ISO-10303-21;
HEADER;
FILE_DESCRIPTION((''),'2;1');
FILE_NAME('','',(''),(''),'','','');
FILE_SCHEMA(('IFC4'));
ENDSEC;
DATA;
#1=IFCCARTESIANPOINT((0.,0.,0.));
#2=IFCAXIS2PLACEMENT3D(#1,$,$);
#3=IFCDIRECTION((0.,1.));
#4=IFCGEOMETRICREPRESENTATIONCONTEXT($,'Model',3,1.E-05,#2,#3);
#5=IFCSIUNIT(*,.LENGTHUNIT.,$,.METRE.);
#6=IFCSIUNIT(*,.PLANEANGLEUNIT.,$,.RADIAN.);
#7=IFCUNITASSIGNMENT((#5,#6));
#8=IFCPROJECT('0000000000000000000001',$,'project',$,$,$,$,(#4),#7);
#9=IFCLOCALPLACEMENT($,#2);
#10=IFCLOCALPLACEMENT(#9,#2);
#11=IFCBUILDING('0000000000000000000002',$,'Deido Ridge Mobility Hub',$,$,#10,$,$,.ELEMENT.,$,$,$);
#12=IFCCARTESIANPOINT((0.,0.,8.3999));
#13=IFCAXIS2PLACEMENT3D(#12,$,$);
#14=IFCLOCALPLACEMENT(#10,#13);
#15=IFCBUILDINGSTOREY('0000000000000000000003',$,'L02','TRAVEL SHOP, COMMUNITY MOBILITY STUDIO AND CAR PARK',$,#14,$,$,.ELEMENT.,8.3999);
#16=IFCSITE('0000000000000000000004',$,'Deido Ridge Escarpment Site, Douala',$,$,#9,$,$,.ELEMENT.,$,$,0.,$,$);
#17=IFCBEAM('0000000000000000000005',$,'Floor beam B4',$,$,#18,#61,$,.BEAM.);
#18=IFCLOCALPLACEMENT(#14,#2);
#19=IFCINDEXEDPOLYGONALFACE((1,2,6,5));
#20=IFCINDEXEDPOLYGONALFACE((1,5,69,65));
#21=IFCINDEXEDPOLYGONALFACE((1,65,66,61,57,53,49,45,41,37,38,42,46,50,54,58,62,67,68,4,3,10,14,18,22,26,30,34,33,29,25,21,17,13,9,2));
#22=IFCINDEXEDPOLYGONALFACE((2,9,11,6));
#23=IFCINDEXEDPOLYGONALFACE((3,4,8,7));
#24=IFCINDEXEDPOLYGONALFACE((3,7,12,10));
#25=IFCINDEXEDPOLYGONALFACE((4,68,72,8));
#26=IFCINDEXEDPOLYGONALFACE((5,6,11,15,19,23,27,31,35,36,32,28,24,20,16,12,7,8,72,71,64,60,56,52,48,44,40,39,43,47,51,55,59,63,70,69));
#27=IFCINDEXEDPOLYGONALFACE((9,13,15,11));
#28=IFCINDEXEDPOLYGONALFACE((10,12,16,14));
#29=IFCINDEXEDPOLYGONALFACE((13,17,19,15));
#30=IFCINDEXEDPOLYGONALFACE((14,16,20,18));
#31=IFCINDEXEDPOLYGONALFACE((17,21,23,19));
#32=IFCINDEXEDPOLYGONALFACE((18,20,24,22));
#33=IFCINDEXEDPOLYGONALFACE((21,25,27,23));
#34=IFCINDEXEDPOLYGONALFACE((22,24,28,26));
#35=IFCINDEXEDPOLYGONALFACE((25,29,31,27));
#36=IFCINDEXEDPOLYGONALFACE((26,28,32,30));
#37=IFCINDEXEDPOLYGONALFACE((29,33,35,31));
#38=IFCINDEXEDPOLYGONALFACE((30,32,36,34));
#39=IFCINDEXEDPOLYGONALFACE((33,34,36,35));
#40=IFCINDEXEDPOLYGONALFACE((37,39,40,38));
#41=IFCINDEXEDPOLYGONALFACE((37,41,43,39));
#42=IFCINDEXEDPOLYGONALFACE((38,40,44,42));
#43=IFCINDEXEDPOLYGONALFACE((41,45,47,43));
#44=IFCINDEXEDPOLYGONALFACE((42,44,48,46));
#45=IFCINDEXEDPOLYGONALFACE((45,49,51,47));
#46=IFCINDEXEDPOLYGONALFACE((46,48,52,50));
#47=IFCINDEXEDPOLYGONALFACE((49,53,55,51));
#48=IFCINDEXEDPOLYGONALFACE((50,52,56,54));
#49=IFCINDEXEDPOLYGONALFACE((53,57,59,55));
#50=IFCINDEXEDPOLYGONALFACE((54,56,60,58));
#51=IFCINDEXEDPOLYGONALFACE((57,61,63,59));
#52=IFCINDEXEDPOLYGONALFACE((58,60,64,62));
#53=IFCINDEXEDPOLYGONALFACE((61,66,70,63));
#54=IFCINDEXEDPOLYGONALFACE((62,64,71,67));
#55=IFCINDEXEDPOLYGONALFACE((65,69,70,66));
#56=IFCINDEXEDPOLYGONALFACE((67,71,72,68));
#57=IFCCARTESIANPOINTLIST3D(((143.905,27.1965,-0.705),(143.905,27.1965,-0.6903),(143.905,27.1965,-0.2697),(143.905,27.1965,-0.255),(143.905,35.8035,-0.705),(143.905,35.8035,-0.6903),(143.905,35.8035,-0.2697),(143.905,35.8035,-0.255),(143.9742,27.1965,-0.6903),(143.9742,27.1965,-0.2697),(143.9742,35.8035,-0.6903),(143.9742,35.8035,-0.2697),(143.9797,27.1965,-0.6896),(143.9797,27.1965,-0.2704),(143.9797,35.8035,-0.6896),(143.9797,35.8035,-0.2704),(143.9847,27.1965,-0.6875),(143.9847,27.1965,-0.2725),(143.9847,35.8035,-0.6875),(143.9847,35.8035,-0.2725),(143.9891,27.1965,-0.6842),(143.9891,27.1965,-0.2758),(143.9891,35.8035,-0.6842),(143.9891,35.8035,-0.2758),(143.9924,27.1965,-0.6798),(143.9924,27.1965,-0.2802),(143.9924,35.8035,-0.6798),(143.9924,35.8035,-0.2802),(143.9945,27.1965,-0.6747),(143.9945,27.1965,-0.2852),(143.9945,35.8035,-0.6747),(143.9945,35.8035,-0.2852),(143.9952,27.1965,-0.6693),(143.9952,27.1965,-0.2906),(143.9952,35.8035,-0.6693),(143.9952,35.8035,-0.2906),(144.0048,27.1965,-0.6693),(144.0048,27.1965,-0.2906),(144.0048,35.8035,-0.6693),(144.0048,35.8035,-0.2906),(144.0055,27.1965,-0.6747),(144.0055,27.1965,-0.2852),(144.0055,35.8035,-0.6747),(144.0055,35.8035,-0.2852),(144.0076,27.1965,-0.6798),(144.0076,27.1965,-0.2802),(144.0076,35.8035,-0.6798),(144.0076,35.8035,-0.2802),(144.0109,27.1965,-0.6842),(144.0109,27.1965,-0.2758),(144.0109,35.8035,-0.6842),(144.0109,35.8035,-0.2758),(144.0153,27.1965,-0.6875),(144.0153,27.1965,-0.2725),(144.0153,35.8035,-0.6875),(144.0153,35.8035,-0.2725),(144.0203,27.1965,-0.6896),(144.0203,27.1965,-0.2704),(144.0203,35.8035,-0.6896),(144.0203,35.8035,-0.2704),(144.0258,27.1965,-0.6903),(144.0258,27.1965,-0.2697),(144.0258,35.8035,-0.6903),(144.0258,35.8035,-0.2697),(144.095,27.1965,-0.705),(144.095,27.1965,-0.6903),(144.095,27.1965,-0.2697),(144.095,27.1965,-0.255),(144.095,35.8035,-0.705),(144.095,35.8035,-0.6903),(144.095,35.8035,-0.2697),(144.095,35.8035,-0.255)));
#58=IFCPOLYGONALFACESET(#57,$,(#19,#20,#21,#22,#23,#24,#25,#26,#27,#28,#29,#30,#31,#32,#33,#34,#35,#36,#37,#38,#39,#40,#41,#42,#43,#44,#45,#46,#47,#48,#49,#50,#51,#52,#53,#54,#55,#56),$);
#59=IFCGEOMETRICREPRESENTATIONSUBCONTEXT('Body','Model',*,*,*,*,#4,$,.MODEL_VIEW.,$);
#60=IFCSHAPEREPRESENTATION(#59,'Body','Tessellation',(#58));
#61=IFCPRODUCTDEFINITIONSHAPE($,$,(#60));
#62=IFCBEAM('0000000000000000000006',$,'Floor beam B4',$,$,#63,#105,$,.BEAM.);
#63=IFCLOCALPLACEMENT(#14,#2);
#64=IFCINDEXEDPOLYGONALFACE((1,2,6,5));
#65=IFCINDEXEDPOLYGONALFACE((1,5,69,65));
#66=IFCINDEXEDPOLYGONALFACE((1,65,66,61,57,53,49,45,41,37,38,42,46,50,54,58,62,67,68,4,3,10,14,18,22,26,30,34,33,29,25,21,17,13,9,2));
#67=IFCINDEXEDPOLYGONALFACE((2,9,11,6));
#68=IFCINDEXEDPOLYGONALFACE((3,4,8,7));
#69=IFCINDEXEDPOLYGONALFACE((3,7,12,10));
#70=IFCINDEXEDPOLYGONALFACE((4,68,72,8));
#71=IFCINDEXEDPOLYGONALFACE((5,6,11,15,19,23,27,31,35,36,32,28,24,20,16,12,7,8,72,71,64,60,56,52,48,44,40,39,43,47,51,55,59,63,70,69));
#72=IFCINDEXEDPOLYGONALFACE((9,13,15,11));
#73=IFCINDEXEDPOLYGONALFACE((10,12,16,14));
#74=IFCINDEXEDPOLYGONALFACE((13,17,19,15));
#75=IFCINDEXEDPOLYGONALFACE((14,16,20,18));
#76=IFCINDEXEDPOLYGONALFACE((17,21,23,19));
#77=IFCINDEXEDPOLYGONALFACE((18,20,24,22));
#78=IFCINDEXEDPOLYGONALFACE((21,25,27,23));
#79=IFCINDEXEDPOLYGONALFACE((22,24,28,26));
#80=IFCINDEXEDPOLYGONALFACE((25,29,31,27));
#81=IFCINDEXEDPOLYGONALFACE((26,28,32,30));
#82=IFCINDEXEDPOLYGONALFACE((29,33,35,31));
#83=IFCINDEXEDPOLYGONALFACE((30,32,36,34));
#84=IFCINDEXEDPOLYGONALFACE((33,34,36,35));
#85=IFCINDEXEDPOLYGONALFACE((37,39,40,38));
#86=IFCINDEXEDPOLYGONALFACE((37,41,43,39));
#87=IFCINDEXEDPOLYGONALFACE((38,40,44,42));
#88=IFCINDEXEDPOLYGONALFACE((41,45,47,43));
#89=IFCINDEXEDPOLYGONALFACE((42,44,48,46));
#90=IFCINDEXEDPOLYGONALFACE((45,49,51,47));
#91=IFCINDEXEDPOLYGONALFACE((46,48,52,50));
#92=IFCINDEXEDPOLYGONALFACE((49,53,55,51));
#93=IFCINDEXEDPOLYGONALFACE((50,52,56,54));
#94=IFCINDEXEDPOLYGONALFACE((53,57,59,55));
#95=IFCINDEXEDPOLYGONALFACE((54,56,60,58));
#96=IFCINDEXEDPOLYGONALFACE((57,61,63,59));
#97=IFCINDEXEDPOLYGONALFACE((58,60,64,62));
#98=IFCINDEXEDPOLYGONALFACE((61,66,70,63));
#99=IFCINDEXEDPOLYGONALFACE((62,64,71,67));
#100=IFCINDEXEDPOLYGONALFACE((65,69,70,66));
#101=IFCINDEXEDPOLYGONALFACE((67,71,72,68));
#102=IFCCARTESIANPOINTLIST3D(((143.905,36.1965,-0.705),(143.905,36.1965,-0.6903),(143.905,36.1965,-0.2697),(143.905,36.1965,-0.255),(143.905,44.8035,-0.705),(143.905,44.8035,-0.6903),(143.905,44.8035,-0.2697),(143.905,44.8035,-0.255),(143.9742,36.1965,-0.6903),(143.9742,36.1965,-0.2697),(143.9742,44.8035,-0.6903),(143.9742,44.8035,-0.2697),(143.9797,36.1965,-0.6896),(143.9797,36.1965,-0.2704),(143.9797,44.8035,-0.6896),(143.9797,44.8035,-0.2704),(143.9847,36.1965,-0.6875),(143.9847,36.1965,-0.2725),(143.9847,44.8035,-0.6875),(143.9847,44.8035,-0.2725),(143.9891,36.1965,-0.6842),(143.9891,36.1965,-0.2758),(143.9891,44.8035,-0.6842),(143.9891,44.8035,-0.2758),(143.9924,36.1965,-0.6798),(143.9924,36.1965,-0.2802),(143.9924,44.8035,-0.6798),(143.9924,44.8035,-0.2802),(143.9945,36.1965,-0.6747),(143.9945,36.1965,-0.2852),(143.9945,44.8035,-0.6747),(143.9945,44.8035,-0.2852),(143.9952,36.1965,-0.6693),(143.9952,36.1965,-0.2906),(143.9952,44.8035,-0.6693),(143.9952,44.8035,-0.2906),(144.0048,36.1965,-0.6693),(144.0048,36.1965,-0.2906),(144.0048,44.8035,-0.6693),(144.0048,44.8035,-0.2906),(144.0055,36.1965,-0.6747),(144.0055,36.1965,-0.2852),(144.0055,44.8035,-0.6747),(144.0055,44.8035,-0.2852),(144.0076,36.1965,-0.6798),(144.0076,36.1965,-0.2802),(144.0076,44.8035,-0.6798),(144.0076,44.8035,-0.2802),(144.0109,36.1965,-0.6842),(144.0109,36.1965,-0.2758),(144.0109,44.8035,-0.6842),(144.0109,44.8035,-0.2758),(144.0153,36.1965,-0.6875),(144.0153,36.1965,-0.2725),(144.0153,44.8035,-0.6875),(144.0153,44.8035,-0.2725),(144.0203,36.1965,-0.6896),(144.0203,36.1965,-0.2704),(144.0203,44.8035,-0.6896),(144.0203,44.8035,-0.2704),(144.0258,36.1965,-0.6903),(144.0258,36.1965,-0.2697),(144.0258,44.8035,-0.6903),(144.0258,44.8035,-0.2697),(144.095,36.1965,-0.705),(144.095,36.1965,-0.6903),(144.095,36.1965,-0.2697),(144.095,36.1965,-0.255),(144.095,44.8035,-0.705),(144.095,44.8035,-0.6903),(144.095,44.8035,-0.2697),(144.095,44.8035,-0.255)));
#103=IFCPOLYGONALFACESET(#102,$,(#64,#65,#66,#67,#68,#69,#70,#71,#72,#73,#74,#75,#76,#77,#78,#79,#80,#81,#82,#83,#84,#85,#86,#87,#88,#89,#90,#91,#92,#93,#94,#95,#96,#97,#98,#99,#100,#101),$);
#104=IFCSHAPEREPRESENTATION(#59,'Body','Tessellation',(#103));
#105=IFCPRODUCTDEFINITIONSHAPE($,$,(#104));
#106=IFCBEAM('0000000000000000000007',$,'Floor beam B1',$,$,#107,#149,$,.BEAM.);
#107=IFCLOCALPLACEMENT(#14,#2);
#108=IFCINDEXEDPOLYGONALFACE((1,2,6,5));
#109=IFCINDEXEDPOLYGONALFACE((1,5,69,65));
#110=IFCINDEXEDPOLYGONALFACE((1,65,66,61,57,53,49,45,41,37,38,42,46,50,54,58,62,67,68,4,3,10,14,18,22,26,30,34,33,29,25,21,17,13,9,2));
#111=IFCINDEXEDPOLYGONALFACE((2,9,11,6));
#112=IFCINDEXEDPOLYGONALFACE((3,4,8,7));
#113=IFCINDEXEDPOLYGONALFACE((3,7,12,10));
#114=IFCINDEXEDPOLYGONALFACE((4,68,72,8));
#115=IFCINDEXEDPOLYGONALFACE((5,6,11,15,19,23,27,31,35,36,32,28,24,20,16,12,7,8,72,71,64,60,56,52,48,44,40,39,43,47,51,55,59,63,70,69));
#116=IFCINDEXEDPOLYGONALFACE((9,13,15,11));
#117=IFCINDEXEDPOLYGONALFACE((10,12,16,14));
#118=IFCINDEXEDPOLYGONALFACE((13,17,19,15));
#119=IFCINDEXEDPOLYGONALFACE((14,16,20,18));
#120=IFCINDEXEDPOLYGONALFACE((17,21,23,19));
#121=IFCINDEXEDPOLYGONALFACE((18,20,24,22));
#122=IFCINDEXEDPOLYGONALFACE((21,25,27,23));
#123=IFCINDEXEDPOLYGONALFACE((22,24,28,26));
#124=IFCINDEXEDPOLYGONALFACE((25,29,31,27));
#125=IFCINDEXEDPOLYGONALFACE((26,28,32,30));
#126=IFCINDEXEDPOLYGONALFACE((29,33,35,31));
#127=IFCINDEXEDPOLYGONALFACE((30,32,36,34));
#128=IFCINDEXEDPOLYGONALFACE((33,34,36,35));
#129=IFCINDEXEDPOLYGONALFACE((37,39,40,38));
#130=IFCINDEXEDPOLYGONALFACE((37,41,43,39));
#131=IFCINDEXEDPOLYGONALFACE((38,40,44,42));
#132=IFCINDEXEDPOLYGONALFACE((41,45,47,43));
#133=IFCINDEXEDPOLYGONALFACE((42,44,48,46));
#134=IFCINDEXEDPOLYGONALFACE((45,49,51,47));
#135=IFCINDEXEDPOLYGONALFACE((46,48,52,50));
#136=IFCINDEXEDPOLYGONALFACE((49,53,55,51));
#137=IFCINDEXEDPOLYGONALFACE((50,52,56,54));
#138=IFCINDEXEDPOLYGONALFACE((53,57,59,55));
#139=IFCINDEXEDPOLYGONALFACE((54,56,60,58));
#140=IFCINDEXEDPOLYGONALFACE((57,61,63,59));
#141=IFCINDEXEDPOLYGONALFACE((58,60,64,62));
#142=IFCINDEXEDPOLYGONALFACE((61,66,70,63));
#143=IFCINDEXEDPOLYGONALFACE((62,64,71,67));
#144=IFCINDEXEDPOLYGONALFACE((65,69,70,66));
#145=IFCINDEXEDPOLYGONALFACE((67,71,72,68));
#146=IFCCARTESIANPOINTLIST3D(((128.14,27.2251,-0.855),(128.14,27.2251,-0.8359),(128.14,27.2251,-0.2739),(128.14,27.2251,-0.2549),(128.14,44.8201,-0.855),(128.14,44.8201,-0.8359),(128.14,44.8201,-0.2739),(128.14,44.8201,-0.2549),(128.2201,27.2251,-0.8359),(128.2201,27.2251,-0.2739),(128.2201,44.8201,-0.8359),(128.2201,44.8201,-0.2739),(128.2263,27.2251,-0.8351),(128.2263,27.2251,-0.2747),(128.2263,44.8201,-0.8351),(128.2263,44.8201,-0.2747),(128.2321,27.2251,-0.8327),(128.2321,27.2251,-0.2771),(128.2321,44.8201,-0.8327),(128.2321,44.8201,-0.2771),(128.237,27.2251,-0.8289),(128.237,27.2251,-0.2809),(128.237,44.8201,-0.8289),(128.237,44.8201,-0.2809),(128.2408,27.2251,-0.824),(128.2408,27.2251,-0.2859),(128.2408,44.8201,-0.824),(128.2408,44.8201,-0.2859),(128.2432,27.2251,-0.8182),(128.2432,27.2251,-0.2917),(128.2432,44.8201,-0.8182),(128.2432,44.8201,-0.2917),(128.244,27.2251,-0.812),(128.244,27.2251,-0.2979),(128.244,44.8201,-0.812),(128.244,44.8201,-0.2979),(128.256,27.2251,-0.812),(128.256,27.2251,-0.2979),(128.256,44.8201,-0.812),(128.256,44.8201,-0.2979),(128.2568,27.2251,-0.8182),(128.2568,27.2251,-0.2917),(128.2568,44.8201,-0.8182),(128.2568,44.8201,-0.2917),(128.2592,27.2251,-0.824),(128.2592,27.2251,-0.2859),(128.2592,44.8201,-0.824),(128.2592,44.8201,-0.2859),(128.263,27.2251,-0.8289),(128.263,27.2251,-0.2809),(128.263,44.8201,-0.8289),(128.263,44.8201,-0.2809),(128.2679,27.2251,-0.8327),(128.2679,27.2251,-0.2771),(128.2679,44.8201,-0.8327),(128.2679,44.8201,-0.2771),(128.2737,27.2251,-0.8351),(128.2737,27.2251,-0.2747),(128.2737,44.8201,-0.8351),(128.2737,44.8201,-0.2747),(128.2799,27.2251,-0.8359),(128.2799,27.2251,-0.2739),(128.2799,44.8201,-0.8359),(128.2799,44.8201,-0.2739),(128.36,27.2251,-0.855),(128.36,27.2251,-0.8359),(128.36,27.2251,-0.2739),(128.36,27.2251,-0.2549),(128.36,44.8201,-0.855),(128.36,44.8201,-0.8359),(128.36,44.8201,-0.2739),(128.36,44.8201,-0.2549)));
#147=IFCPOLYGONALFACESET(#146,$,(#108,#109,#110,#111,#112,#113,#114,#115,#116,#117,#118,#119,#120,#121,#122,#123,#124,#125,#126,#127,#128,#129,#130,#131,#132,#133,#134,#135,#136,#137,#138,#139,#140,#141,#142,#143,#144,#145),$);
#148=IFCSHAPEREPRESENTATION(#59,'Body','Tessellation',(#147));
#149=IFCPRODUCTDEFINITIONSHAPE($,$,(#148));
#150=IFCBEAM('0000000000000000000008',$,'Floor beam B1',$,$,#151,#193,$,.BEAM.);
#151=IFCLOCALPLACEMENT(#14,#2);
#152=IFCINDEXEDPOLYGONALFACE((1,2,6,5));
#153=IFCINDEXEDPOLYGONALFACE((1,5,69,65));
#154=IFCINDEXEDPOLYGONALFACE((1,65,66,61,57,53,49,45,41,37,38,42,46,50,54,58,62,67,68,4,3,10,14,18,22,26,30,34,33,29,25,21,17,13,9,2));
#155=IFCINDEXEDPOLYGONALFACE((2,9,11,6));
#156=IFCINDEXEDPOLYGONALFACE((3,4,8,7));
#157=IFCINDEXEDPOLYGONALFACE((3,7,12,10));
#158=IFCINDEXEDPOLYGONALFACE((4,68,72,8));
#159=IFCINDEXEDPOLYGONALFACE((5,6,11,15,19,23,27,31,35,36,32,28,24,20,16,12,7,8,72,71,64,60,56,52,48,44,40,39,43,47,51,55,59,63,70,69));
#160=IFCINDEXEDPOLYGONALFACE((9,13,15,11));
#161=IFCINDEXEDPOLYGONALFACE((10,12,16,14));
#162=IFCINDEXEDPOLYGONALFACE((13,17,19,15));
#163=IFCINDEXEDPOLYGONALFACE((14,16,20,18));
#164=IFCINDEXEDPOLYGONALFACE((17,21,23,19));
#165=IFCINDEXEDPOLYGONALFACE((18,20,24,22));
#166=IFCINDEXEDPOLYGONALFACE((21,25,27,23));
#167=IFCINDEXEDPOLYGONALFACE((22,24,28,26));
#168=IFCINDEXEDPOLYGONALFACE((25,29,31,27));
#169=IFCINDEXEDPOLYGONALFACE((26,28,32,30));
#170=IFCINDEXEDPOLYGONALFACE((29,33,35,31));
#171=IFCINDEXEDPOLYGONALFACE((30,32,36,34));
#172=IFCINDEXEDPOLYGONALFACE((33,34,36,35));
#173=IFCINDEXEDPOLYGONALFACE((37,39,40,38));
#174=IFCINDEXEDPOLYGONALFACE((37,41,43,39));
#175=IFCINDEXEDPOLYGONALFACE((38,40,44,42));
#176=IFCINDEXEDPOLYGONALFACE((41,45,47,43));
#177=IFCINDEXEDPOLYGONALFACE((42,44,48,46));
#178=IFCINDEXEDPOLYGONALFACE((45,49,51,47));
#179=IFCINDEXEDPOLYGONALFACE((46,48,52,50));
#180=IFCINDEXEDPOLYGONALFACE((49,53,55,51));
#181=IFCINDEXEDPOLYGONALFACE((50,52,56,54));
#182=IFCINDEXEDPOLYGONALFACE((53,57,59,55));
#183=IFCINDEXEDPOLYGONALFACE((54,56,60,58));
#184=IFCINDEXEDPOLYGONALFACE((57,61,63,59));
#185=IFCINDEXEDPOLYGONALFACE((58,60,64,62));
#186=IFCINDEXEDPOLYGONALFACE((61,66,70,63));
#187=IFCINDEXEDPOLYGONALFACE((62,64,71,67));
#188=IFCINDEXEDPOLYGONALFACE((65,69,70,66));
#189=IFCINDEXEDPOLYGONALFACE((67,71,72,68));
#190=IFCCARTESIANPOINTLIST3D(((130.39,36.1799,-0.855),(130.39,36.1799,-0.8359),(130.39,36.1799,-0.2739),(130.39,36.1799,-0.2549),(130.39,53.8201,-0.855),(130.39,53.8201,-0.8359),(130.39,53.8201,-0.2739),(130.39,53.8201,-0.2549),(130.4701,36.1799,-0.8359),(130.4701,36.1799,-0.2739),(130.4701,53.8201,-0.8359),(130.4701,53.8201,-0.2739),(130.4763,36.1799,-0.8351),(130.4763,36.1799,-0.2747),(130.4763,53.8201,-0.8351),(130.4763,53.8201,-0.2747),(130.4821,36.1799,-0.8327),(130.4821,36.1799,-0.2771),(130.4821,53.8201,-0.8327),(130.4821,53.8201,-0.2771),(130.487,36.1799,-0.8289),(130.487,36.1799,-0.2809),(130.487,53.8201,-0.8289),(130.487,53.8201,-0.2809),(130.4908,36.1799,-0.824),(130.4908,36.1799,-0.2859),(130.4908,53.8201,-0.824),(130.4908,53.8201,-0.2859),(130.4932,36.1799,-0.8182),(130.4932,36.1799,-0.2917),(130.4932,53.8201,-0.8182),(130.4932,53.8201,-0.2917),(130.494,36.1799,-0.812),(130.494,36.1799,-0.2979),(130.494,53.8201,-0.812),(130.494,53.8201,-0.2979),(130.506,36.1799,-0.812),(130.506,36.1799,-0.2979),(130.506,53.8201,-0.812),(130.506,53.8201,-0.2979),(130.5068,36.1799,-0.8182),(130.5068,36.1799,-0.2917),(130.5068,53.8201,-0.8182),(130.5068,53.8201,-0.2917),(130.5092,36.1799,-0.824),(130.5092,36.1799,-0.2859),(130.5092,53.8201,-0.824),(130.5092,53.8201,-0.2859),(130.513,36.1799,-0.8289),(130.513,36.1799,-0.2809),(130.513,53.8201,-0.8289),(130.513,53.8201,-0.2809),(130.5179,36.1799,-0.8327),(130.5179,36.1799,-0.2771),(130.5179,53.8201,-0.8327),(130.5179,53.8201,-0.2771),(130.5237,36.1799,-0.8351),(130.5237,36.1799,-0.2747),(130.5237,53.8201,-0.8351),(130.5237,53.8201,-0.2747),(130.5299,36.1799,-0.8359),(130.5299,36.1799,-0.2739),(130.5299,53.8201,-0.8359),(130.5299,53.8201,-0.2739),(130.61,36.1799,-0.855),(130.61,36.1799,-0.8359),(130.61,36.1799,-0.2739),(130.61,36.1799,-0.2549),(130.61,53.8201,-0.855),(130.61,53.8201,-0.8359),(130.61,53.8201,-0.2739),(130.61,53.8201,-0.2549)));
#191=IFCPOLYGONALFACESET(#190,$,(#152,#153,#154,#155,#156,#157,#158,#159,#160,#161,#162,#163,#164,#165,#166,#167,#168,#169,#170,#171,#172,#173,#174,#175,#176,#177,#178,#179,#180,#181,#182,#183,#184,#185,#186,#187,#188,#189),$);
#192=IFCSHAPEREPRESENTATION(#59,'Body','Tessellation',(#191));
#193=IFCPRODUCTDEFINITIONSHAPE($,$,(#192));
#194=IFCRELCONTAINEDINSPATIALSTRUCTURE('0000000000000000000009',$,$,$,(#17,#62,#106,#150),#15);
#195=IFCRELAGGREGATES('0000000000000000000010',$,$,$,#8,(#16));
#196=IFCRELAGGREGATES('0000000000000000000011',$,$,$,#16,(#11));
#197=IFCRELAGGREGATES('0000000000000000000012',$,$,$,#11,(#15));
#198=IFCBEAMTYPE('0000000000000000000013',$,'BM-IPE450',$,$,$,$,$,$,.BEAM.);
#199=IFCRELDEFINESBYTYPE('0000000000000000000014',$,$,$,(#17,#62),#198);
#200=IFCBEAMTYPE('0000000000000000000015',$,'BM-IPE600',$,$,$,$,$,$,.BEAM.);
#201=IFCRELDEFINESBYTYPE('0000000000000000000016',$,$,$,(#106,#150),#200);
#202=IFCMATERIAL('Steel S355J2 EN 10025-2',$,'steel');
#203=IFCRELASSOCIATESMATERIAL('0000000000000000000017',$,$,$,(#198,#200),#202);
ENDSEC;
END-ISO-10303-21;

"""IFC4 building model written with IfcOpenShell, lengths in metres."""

from ifc_helpers import new_model, si_unit, direction, frame, origin, origin_2d, place, context, subcontext, project, spatial, i_section, extrude, material, material_profile, profile_set, type_object, element, save


model = new_model("IFC4")

# Units and contexts
model_context = context("Model", 3, precision=1e-05, world=origin(), true_north=direction((0.0, 1.0)))
body_context = subcontext(model_context, "Body", "Model", "MODEL_VIEW")
ifc_project = project(units=[si_unit("LENGTHUNIT", "METRE"), si_unit("PLANEANGLEUNIT", "RADIAN")], contexts=[model_context])

# Site, building, storey
site_placement = place(None, origin())
site = spatial("IfcSite", under=ifc_project, at=site_placement, Name="Deido Ridge Escarpment Site, Douala", CompositionType="ELEMENT", RefElevation=0.0)
building_placement = place(site_placement, origin())
building = spatial("IfcBuilding", under=site, at=building_placement, Name="Deido Ridge Mobility Hub", CompositionType="ELEMENT")
storey_placement = place(building_placement, frame((0.0, 0.0, 8.3999)))
storey = spatial("IfcBuildingStorey", under=building, at=storey_placement, Name="L02", Description="TRAVEL SHOP, COMMUNITY MOBILITY STUDIO AND CAR PARK", CompositionType="ELEMENT", Elevation=8.3999)

# Shared definitions
ifc_material_1 = material(Name="Steel S355J2 EN 10025-2", Category="steel")

# Beams
ifc_material_profile_1 = material_profile(ifc_material_1, i_section(OverallWidth=0.1899, OverallDepth=0.45, WebThickness=0.0095, FlangeThickness=0.0146, FilletRadius=0.021, at=origin_2d()), Name="IPE 450")
ifc_profile_set_1 = profile_set([ifc_material_profile_1], Name="Steel S355J2 EN 10025-2")
beam_type_1 = type_object("IfcBeamType", Name="BM-IPE450", PredefinedType="BEAM", material=ifc_profile_set_1)
for number, where, z_axis, x_axis, name in (
    (1, (144.0, 27.1965, -0.48), (0.0, 1.0, 0.0), (-1.0, 0.0, 0.0), "Floor beam B4"),
    (2, (144.0, 36.1965, -0.48), (0.0, 1.0, 0.0), (-1.0, 0.0, 0.0), "Floor beam B4"),
):
    element("IfcBeam", number, at=place(storey_placement, frame(where, z_axis=z_axis, x_axis=x_axis)), inside=storey, type_object=beam_type_1, Name=name, PredefinedType="BEAM", context=body_context, shape_type="SweptSolid", body=[
        extrude(i_section(OverallWidth=0.1899, OverallDepth=0.45, WebThickness=0.0095, FlangeThickness=0.0146, FilletRadius=0.021, at=origin_2d()), origin(), (0.0, 0.0, 1.0), 8.6069),
    ])
ifc_material_profile_2 = material_profile(ifc_material_1, i_section(OverallWidth=0.22, OverallDepth=0.6001, WebThickness=0.012, FlangeThickness=0.019, FilletRadius=0.0239, at=origin_2d()), Name="IPE 600")
ifc_profile_set_2 = profile_set([ifc_material_profile_2], Name="Steel S355J2 EN 10025-2")
beam_type_2 = type_object("IfcBeamType", Name="BM-IPE600", PredefinedType="BEAM", material=ifc_profile_set_2)
beam_1_placement = place(storey_placement, frame((128.25, 27.2251, -0.5549), z_axis=(0.0, 1.0, 0.0), x_axis=(-1.0, 0.0, 0.0)))
element("IfcBeam", 3, at=beam_1_placement, inside=storey, type_object=beam_type_2, Name="Floor beam B1", PredefinedType="BEAM", context=body_context, shape_type="SweptSolid", body=[
    extrude(i_section(OverallWidth=0.22, OverallDepth=0.6001, WebThickness=0.012, FlangeThickness=0.019, FilletRadius=0.0239, at=origin_2d()), origin(), (0.0, 0.0, 1.0), 17.595),
])
beam_2_placement = place(storey_placement, frame((130.5, 36.1799, -0.5549), z_axis=(0.0, 1.0, 0.0), x_axis=(-1.0, 0.0, 0.0)))
element("IfcBeam", 4, at=beam_2_placement, inside=storey, type_object=beam_type_2, Name="Floor beam B1", PredefinedType="BEAM", context=body_context, shape_type="SweptSolid", body=[
    extrude(i_section(OverallWidth=0.22, OverallDepth=0.6001, WebThickness=0.012, FlangeThickness=0.019, FilletRadius=0.0239, at=origin_2d()), origin(), (0.0, 0.0, 1.0), 17.6401),
])

save(model, "model.ifc")
